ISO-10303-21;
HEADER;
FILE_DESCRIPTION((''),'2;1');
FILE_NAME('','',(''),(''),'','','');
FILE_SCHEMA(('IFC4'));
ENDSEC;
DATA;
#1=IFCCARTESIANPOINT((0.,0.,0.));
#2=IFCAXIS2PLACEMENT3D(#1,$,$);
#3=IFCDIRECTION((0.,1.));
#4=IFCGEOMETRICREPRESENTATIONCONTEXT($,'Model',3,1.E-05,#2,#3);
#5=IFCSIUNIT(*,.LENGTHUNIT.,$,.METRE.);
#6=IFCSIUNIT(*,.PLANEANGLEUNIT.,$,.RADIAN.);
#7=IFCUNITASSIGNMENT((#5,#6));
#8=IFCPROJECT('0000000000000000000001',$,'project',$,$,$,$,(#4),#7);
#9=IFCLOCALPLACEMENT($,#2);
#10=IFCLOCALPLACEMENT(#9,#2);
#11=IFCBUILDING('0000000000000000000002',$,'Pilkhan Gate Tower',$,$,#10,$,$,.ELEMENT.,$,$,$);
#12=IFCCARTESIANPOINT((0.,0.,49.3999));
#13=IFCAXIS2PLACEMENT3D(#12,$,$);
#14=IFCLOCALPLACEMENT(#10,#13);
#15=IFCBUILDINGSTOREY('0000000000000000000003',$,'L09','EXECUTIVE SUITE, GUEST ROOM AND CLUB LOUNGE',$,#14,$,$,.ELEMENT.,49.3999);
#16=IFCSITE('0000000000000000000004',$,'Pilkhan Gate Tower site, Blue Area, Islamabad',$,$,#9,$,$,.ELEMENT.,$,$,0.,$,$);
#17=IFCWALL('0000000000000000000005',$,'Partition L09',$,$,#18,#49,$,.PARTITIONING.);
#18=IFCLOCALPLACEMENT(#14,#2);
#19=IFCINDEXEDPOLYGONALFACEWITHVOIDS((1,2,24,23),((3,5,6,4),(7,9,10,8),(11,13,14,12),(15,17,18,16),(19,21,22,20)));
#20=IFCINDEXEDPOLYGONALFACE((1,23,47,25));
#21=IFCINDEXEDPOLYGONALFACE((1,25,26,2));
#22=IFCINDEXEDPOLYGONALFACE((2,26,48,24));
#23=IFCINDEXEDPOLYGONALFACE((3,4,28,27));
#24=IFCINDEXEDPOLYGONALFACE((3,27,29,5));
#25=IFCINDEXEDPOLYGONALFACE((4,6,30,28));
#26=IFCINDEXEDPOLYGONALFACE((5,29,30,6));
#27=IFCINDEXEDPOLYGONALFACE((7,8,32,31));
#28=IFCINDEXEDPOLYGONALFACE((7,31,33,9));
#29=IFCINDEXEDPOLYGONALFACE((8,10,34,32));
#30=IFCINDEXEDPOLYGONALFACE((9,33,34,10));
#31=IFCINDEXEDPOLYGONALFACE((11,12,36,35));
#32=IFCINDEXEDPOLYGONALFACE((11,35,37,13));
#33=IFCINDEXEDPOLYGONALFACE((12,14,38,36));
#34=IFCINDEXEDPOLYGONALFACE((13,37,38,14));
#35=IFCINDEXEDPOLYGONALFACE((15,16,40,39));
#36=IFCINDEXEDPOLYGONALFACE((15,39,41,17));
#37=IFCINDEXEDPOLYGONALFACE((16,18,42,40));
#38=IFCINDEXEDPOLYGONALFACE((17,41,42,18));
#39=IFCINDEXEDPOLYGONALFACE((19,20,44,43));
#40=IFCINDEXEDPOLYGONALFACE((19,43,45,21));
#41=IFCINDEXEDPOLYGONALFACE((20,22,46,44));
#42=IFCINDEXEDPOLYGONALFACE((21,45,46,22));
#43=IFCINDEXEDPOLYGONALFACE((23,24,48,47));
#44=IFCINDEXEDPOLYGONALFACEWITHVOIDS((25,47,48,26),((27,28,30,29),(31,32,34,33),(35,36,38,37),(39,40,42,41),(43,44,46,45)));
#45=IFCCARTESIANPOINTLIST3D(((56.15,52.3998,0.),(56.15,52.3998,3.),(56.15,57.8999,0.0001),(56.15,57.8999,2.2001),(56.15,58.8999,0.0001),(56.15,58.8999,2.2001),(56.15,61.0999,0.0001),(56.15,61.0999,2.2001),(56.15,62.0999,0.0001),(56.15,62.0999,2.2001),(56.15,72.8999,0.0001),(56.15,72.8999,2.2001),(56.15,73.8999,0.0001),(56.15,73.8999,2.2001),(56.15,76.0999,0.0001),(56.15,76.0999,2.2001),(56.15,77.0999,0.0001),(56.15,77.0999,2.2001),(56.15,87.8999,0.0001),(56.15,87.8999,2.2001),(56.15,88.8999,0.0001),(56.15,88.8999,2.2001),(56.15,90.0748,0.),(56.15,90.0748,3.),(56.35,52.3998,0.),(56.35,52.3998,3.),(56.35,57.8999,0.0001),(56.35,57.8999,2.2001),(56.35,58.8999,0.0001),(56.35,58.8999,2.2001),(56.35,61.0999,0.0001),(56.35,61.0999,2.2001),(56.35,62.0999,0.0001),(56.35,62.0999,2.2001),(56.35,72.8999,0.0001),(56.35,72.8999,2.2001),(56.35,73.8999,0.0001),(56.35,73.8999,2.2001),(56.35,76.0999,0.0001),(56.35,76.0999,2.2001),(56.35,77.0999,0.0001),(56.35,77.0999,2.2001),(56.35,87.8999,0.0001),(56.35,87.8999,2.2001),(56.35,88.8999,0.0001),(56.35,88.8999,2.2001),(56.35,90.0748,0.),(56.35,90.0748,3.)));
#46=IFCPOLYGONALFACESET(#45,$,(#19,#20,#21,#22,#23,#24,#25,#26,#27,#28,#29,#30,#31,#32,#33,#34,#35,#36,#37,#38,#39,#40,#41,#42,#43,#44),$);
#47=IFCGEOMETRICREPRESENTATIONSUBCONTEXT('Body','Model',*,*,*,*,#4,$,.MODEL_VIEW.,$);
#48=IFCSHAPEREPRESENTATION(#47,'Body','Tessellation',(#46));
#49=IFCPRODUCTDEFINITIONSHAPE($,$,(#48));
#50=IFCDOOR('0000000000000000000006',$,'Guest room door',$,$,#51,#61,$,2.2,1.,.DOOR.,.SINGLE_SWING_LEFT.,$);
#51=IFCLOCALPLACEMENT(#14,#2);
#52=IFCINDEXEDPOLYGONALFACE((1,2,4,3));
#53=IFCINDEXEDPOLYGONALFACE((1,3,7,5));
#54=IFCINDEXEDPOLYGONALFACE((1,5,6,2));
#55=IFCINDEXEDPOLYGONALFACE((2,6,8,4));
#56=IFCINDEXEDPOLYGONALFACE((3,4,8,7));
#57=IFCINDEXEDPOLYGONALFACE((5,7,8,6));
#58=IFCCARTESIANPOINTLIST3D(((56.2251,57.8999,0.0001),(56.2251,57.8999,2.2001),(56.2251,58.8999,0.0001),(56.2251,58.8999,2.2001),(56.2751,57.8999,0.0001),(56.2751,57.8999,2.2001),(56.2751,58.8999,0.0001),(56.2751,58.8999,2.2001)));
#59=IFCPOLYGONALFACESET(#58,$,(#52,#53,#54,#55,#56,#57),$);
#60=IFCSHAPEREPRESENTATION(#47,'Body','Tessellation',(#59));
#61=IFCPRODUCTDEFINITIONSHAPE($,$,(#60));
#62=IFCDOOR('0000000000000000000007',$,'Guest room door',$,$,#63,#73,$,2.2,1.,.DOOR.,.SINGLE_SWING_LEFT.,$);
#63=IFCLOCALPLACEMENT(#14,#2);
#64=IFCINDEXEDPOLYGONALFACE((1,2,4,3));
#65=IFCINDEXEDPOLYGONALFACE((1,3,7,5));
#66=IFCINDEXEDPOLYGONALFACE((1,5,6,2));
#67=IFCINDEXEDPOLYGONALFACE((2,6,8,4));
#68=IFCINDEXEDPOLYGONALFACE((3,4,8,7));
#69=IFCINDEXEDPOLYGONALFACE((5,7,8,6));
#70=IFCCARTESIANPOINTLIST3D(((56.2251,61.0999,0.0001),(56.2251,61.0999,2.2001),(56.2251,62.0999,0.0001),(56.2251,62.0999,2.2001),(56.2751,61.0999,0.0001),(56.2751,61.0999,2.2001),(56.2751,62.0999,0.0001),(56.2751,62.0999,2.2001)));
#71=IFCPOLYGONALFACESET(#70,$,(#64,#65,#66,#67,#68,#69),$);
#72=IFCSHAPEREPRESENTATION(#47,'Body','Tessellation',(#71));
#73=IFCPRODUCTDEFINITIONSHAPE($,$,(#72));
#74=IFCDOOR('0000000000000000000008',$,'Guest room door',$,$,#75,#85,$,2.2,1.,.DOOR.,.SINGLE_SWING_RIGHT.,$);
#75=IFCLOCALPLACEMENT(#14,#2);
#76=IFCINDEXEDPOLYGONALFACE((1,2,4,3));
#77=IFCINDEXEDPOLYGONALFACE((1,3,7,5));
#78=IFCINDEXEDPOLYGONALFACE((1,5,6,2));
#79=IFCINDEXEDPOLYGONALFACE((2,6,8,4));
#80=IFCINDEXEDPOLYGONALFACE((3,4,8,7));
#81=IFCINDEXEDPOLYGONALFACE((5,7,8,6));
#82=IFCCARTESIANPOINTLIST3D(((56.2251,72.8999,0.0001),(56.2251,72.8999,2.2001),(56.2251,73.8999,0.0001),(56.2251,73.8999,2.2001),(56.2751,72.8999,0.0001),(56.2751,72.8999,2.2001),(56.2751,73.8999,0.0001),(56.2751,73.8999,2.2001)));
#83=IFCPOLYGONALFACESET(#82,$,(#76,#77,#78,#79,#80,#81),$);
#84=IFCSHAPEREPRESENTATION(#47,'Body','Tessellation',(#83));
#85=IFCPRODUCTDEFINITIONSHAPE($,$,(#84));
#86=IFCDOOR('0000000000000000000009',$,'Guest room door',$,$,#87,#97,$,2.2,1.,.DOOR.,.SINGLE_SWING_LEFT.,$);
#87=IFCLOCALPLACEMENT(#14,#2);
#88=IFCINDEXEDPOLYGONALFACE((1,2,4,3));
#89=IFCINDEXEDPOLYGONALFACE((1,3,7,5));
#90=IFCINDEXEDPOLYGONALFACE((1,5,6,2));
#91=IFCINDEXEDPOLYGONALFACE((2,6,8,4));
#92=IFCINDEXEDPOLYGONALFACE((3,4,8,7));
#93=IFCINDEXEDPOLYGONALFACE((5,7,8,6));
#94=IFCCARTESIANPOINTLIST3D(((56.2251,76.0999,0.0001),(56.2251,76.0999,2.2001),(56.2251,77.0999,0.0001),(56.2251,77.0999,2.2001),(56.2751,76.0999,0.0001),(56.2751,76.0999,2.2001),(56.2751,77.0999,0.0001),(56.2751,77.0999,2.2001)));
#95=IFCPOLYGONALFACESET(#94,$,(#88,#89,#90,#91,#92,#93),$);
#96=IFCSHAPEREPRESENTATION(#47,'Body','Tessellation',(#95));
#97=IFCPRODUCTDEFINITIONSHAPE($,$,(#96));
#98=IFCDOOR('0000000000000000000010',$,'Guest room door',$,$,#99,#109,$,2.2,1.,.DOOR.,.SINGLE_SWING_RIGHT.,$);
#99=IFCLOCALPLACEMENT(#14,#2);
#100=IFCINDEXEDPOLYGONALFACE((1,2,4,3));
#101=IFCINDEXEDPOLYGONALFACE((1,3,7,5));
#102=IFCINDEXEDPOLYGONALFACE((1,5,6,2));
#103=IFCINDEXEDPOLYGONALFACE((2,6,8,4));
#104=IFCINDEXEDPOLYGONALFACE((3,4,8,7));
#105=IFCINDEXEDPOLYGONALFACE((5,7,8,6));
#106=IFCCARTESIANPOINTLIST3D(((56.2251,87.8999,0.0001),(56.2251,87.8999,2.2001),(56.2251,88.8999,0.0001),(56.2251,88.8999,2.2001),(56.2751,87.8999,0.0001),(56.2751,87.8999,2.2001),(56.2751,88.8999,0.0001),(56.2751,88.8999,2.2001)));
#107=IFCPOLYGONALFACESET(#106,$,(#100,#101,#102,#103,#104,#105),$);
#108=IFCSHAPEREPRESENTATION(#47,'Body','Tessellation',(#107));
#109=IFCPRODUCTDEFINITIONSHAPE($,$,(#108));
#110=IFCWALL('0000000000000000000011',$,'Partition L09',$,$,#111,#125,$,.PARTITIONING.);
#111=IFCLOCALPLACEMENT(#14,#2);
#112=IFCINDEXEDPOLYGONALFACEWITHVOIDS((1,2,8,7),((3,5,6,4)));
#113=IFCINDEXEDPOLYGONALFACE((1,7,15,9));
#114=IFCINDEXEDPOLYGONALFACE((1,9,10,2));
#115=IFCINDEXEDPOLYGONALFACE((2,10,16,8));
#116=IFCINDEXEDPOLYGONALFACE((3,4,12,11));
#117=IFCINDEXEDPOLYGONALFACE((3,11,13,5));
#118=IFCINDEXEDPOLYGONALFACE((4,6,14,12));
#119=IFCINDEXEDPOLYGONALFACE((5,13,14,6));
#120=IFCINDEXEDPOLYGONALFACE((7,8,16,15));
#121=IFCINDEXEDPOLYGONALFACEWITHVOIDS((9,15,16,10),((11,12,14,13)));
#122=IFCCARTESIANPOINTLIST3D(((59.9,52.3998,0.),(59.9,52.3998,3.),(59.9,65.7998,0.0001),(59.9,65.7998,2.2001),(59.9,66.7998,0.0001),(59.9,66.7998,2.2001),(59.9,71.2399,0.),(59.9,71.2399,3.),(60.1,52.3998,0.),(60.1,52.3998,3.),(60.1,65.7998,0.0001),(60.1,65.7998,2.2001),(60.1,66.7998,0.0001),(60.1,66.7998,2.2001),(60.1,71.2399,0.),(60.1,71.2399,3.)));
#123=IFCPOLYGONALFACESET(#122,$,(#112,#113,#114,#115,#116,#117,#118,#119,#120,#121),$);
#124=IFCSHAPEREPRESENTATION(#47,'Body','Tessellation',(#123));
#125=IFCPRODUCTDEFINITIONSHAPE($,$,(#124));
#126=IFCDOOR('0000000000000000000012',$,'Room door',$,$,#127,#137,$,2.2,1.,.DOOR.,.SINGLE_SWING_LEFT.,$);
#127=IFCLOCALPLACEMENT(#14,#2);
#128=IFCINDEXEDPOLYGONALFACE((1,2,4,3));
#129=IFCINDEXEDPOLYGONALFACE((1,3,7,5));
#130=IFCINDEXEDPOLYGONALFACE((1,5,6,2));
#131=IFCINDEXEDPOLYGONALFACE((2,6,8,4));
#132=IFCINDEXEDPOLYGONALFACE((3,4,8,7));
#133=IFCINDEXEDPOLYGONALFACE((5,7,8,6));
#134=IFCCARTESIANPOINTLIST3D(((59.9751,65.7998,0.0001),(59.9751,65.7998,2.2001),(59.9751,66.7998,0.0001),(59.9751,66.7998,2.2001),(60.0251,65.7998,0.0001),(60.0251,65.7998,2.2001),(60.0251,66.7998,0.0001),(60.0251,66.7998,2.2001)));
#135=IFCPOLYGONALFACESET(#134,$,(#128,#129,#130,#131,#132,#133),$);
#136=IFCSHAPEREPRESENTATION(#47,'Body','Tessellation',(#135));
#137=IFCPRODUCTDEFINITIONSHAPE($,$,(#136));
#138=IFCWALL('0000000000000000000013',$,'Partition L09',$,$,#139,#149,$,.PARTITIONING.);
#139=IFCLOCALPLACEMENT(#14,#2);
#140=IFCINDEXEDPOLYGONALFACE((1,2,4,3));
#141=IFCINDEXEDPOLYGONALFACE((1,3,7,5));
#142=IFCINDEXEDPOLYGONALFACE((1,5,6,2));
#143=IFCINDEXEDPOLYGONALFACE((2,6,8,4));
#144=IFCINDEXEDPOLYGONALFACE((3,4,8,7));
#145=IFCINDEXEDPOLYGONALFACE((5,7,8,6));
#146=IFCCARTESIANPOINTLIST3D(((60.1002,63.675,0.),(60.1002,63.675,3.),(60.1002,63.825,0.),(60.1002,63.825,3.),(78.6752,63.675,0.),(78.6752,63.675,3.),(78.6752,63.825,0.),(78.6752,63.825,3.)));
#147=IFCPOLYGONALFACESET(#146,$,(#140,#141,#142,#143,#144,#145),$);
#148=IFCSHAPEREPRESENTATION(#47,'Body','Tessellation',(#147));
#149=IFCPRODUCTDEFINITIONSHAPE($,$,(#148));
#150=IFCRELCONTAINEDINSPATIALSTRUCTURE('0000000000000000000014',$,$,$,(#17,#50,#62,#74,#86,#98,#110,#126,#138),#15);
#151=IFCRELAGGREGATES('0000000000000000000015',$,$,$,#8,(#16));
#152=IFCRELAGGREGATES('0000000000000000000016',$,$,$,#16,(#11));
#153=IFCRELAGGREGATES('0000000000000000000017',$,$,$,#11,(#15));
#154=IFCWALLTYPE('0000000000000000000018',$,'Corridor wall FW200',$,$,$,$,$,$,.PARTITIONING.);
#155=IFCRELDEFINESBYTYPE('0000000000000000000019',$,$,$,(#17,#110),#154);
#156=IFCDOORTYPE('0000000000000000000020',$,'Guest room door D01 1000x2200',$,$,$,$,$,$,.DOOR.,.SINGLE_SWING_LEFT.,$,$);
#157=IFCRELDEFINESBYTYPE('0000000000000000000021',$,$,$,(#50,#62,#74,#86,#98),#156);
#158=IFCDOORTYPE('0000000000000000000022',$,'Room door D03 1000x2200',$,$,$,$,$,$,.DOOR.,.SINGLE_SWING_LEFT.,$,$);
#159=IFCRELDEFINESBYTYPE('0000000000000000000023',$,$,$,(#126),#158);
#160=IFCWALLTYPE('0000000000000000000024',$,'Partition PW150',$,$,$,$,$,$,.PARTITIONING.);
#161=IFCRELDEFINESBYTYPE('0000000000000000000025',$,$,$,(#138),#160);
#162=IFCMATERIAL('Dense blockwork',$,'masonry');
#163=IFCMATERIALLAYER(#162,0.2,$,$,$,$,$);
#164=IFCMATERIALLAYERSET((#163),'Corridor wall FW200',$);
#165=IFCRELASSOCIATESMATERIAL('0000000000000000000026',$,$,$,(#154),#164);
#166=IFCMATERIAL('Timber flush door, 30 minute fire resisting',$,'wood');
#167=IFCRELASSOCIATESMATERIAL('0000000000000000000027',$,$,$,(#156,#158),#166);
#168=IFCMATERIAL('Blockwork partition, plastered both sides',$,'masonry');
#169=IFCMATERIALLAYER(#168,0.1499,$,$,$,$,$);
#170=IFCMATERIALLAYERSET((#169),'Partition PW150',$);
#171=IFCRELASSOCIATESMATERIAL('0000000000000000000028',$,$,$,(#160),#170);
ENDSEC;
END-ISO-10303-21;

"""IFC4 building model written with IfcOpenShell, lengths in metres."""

from ifc_helpers import new_model, si_unit, direction, frame, frame_2d, origin, place, context, subcontext, project, spatial, rectangle, extrude, material, layer, layer_set, type_object, element, fill, save


model = new_model("IFC4")

# Units and contexts
model_context = context("Model", 3, precision=1e-05, world=origin(), true_north=direction((0.0, 1.0)))
body_context = subcontext(model_context, "Body", "Model", "MODEL_VIEW")
ifc_project = project(units=[si_unit("LENGTHUNIT", "METRE"), si_unit("PLANEANGLEUNIT", "RADIAN")], contexts=[model_context])

# Site, building, storey
site_placement = place(None, origin())
site = spatial("IfcSite", under=ifc_project, at=site_placement, Name="Pilkhan Gate Tower site, Blue Area, Islamabad", CompositionType="ELEMENT", RefElevation=0.0)
building_placement = place(site_placement, origin())
building = spatial("IfcBuilding", under=site, at=building_placement, Name="Pilkhan Gate Tower", CompositionType="ELEMENT")
storey_placement = place(building_placement, frame((0.0, 0.0, 49.3999)))
storey = spatial("IfcBuildingStorey", under=building, at=storey_placement, Name="L09", Description="EXECUTIVE SUITE, GUEST ROOM AND CLUB LOUNGE", CompositionType="ELEMENT", Elevation=49.3999)

# Wall, openings, doors
ifc_material_1 = material(Name="Dense blockwork", Category="masonry")
ifc_layer_1 = layer(ifc_material_1, 0.2)
ifc_layer_set_1 = layer_set([ifc_layer_1], Name="Corridor wall FW200")
wall_type_1 = type_object("IfcWallType", Name="Corridor wall FW200", PredefinedType="PARTITIONING", material=ifc_layer_set_1)
wall_1_placement = place(storey_placement, frame((56.25, 52.3999, 0.0), z_axis=(0.0, 0.0, 1.0), x_axis=(0.0, 1.0, 0.0)))
wall_1 = element("IfcWall", 1, at=wall_1_placement, inside=storey, type_object=wall_type_1, Name="Partition L09", PredefinedType="PARTITIONING", context=body_context, shape_type="SweptSolid", body=[
    extrude(rectangle(XDim=37.675, YDim=0.2, at=frame_2d((18.8374, 0.0))), origin(), (0.0, 0.0, 1.0), 3.0),
])
opening_1_placement = place(wall_1_placement, frame((5.5, 0.0, 0.0)))
opening_1 = element("IfcOpeningElement", 2, at=opening_1_placement, cuts=wall_1, PredefinedType="OPENING", context=body_context, shape_type="SweptSolid", body=[
    extrude(rectangle(XDim=1.0, YDim=2.2, at=frame_2d((0.5, 1.1001))), frame((0.0, 0.1099, 0.0), z_axis=(0.0, -1.0, 0.0), x_axis=(1.0, 0.0, 0.0)), (0.0, 0.0, 1.0), 0.22),
])
opening_2_placement = place(wall_1_placement, frame((8.7, 0.0, 0.0)))
opening_2 = element("IfcOpeningElement", 3, at=opening_2_placement, cuts=wall_1, PredefinedType="OPENING", context=body_context, shape_type="SweptSolid", body=[
    extrude(rectangle(XDim=1.0, YDim=2.2, at=frame_2d((0.5, 1.1001))), frame((0.0, 0.1099, 0.0), z_axis=(0.0, -1.0, 0.0), x_axis=(1.0, 0.0, 0.0)), (0.0, 0.0, 1.0), 0.22),
])
opening_3_placement = place(wall_1_placement, frame((20.5, 0.0, 0.0)))
opening_3 = element("IfcOpeningElement", 4, at=opening_3_placement, cuts=wall_1, PredefinedType="OPENING", context=body_context, shape_type="SweptSolid", body=[
    extrude(rectangle(XDim=1.0, YDim=2.2, at=frame_2d((0.5, 1.1001))), frame((0.0, 0.1099, 0.0), z_axis=(0.0, -1.0, 0.0), x_axis=(1.0, 0.0, 0.0)), (0.0, 0.0, 1.0), 0.22),
])
opening_4_placement = place(wall_1_placement, frame((23.7, 0.0, 0.0)))
opening_4 = element("IfcOpeningElement", 5, at=opening_4_placement, cuts=wall_1, PredefinedType="OPENING", context=body_context, shape_type="SweptSolid", body=[
    extrude(rectangle(XDim=1.0, YDim=2.2, at=frame_2d((0.5, 1.1001))), frame((0.0, 0.1099, 0.0), z_axis=(0.0, -1.0, 0.0), x_axis=(1.0, 0.0, 0.0)), (0.0, 0.0, 1.0), 0.22),
])
opening_5_placement = place(wall_1_placement, frame((35.5, 0.0, 0.0)))
opening_5 = element("IfcOpeningElement", 6, at=opening_5_placement, cuts=wall_1, PredefinedType="OPENING", context=body_context, shape_type="SweptSolid", body=[
    extrude(rectangle(XDim=1.0, YDim=2.2, at=frame_2d((0.5, 1.1001))), frame((0.0, 0.1099, 0.0), z_axis=(0.0, -1.0, 0.0), x_axis=(1.0, 0.0, 0.0)), (0.0, 0.0, 1.0), 0.22),
])
ifc_material_2 = material(Name="Timber flush door, 30 minute fire resisting", Category="wood")
door_type_1 = type_object("IfcDoorType", Name="Guest room door D01 1000x2200", OperationType="SINGLE_SWING_LEFT", PredefinedType="DOOR", material=ifc_material_2)
door_1_placement = place(opening_1_placement, origin())
door_1 = element("IfcDoor", 7, at=door_1_placement, inside=storey, type_object=door_type_1, Name="Guest room door", OperationType="SINGLE_SWING_LEFT", OverallHeight=2.2, OverallWidth=1.0, PredefinedType="DOOR", context=body_context, shape_type="SweptSolid", body=[
    extrude(rectangle(XDim=1.0, YDim=2.2, at=frame_2d((0.5, 1.1001))), frame((0.0, 0.0249, 0.0), z_axis=(0.0, -1.0, 0.0), x_axis=(1.0, 0.0, 0.0)), (0.0, 0.0, 1.0), 0.05),
])
fill(opening_1, door_1)
door_2_placement = place(opening_2_placement, origin())
door_2 = element("IfcDoor", 8, at=door_2_placement, inside=storey, type_object=door_type_1, Name="Guest room door", OperationType="SINGLE_SWING_LEFT", OverallHeight=2.2, OverallWidth=1.0, PredefinedType="DOOR", context=body_context, shape_type="SweptSolid", body=[
    extrude(rectangle(XDim=1.0, YDim=2.2, at=frame_2d((0.5, 1.1001))), frame((0.0, 0.0249, 0.0), z_axis=(0.0, -1.0, 0.0), x_axis=(1.0, 0.0, 0.0)), (0.0, 0.0, 1.0), 0.05),
])
fill(opening_2, door_2)
door_3_placement = place(opening_3_placement, origin())
door_3 = element("IfcDoor", 9, at=door_3_placement, inside=storey, type_object=door_type_1, Name="Guest room door", OperationType="SINGLE_SWING_RIGHT", OverallHeight=2.2, OverallWidth=1.0, PredefinedType="DOOR", context=body_context, shape_type="SweptSolid", body=[
    extrude(rectangle(XDim=1.0, YDim=2.2, at=frame_2d((0.5, 1.1001))), frame((0.0, 0.0249, 0.0), z_axis=(0.0, -1.0, 0.0), x_axis=(1.0, 0.0, 0.0)), (0.0, 0.0, 1.0), 0.05),
])
fill(opening_3, door_3)
door_4_placement = place(opening_4_placement, origin())
door_4 = element("IfcDoor", 10, at=door_4_placement, inside=storey, type_object=door_type_1, Name="Guest room door", OperationType="SINGLE_SWING_LEFT", OverallHeight=2.2, OverallWidth=1.0, PredefinedType="DOOR", context=body_context, shape_type="SweptSolid", body=[
    extrude(rectangle(XDim=1.0, YDim=2.2, at=frame_2d((0.5, 1.1001))), frame((0.0, 0.0249, 0.0), z_axis=(0.0, -1.0, 0.0), x_axis=(1.0, 0.0, 0.0)), (0.0, 0.0, 1.0), 0.05),
])
fill(opening_4, door_4)
door_5_placement = place(opening_5_placement, origin())
door_5 = element("IfcDoor", 11, at=door_5_placement, inside=storey, type_object=door_type_1, Name="Guest room door", OperationType="SINGLE_SWING_RIGHT", OverallHeight=2.2, OverallWidth=1.0, PredefinedType="DOOR", context=body_context, shape_type="SweptSolid", body=[
    extrude(rectangle(XDim=1.0, YDim=2.2, at=frame_2d((0.5, 1.1001))), frame((0.0, 0.0249, 0.0), z_axis=(0.0, -1.0, 0.0), x_axis=(1.0, 0.0, 0.0)), (0.0, 0.0, 1.0), 0.05),
])
fill(opening_5, door_5)

# Wall, opening, door
wall_2_placement = place(storey_placement, frame((60.0, 52.3999, 0.0), z_axis=(0.0, 0.0, 1.0), x_axis=(0.0, 1.0, 0.0)))
wall_2 = element("IfcWall", 12, at=wall_2_placement, inside=storey, type_object=wall_type_1, Name="Partition L09", PredefinedType="PARTITIONING", context=body_context, shape_type="SweptSolid", body=[
    extrude(rectangle(XDim=18.8401, YDim=0.2, at=frame_2d((9.4199, 0.0))), origin(), (0.0, 0.0, 1.0), 3.0),
])
opening_6_placement = place(wall_2_placement, frame((13.3999, 0.0, 0.0)))
opening_6 = element("IfcOpeningElement", 13, at=opening_6_placement, cuts=wall_2, PredefinedType="OPENING", context=body_context, shape_type="SweptSolid", body=[
    extrude(rectangle(XDim=1.0, YDim=2.2, at=frame_2d((0.5, 1.1001))), frame((0.0, 0.1099, 0.0), z_axis=(0.0, -1.0, 0.0), x_axis=(1.0, 0.0, 0.0)), (0.0, 0.0, 1.0), 0.22),
])
door_type_2 = type_object("IfcDoorType", Name="Room door D03 1000x2200", OperationType="SINGLE_SWING_LEFT", PredefinedType="DOOR", material=ifc_material_2)
door_6_placement = place(opening_6_placement, origin())
door_6 = element("IfcDoor", 14, at=door_6_placement, inside=storey, type_object=door_type_2, Name="Room door", OperationType="SINGLE_SWING_LEFT", OverallHeight=2.2, OverallWidth=1.0, PredefinedType="DOOR", context=body_context, shape_type="SweptSolid", body=[
    extrude(rectangle(XDim=1.0, YDim=2.2, at=frame_2d((0.5, 1.1001))), frame((0.0, 0.0249, 0.0), z_axis=(0.0, -1.0, 0.0), x_axis=(1.0, 0.0, 0.0)), (0.0, 0.0, 1.0), 0.05),
])
fill(opening_6, door_6)

# Wall
ifc_material_3 = material(Name="Blockwork partition, plastered both sides", Category="masonry")
ifc_layer_2 = layer(ifc_material_3, 0.1499)
ifc_layer_set_2 = layer_set([ifc_layer_2], Name="Partition PW150")
wall_type_2 = type_object("IfcWallType", Name="Partition PW150", PredefinedType="PARTITIONING", material=ifc_layer_set_2)
wall_3_placement = place(storey_placement, frame((60.1001, 63.75, 0.0), z_axis=(0.0, 0.0, 1.0), x_axis=(1.0, 0.0, 0.0)))
element("IfcWall", 15, at=wall_3_placement, inside=storey, type_object=wall_type_2, Name="Partition L09", PredefinedType="PARTITIONING", context=body_context, shape_type="SweptSolid", body=[
    extrude(rectangle(XDim=18.575, YDim=0.1499, at=frame_2d((9.2876, 0.0))), origin(), (0.0, 0.0, 1.0), 3.0),
])

save(model, "model.ifc")
